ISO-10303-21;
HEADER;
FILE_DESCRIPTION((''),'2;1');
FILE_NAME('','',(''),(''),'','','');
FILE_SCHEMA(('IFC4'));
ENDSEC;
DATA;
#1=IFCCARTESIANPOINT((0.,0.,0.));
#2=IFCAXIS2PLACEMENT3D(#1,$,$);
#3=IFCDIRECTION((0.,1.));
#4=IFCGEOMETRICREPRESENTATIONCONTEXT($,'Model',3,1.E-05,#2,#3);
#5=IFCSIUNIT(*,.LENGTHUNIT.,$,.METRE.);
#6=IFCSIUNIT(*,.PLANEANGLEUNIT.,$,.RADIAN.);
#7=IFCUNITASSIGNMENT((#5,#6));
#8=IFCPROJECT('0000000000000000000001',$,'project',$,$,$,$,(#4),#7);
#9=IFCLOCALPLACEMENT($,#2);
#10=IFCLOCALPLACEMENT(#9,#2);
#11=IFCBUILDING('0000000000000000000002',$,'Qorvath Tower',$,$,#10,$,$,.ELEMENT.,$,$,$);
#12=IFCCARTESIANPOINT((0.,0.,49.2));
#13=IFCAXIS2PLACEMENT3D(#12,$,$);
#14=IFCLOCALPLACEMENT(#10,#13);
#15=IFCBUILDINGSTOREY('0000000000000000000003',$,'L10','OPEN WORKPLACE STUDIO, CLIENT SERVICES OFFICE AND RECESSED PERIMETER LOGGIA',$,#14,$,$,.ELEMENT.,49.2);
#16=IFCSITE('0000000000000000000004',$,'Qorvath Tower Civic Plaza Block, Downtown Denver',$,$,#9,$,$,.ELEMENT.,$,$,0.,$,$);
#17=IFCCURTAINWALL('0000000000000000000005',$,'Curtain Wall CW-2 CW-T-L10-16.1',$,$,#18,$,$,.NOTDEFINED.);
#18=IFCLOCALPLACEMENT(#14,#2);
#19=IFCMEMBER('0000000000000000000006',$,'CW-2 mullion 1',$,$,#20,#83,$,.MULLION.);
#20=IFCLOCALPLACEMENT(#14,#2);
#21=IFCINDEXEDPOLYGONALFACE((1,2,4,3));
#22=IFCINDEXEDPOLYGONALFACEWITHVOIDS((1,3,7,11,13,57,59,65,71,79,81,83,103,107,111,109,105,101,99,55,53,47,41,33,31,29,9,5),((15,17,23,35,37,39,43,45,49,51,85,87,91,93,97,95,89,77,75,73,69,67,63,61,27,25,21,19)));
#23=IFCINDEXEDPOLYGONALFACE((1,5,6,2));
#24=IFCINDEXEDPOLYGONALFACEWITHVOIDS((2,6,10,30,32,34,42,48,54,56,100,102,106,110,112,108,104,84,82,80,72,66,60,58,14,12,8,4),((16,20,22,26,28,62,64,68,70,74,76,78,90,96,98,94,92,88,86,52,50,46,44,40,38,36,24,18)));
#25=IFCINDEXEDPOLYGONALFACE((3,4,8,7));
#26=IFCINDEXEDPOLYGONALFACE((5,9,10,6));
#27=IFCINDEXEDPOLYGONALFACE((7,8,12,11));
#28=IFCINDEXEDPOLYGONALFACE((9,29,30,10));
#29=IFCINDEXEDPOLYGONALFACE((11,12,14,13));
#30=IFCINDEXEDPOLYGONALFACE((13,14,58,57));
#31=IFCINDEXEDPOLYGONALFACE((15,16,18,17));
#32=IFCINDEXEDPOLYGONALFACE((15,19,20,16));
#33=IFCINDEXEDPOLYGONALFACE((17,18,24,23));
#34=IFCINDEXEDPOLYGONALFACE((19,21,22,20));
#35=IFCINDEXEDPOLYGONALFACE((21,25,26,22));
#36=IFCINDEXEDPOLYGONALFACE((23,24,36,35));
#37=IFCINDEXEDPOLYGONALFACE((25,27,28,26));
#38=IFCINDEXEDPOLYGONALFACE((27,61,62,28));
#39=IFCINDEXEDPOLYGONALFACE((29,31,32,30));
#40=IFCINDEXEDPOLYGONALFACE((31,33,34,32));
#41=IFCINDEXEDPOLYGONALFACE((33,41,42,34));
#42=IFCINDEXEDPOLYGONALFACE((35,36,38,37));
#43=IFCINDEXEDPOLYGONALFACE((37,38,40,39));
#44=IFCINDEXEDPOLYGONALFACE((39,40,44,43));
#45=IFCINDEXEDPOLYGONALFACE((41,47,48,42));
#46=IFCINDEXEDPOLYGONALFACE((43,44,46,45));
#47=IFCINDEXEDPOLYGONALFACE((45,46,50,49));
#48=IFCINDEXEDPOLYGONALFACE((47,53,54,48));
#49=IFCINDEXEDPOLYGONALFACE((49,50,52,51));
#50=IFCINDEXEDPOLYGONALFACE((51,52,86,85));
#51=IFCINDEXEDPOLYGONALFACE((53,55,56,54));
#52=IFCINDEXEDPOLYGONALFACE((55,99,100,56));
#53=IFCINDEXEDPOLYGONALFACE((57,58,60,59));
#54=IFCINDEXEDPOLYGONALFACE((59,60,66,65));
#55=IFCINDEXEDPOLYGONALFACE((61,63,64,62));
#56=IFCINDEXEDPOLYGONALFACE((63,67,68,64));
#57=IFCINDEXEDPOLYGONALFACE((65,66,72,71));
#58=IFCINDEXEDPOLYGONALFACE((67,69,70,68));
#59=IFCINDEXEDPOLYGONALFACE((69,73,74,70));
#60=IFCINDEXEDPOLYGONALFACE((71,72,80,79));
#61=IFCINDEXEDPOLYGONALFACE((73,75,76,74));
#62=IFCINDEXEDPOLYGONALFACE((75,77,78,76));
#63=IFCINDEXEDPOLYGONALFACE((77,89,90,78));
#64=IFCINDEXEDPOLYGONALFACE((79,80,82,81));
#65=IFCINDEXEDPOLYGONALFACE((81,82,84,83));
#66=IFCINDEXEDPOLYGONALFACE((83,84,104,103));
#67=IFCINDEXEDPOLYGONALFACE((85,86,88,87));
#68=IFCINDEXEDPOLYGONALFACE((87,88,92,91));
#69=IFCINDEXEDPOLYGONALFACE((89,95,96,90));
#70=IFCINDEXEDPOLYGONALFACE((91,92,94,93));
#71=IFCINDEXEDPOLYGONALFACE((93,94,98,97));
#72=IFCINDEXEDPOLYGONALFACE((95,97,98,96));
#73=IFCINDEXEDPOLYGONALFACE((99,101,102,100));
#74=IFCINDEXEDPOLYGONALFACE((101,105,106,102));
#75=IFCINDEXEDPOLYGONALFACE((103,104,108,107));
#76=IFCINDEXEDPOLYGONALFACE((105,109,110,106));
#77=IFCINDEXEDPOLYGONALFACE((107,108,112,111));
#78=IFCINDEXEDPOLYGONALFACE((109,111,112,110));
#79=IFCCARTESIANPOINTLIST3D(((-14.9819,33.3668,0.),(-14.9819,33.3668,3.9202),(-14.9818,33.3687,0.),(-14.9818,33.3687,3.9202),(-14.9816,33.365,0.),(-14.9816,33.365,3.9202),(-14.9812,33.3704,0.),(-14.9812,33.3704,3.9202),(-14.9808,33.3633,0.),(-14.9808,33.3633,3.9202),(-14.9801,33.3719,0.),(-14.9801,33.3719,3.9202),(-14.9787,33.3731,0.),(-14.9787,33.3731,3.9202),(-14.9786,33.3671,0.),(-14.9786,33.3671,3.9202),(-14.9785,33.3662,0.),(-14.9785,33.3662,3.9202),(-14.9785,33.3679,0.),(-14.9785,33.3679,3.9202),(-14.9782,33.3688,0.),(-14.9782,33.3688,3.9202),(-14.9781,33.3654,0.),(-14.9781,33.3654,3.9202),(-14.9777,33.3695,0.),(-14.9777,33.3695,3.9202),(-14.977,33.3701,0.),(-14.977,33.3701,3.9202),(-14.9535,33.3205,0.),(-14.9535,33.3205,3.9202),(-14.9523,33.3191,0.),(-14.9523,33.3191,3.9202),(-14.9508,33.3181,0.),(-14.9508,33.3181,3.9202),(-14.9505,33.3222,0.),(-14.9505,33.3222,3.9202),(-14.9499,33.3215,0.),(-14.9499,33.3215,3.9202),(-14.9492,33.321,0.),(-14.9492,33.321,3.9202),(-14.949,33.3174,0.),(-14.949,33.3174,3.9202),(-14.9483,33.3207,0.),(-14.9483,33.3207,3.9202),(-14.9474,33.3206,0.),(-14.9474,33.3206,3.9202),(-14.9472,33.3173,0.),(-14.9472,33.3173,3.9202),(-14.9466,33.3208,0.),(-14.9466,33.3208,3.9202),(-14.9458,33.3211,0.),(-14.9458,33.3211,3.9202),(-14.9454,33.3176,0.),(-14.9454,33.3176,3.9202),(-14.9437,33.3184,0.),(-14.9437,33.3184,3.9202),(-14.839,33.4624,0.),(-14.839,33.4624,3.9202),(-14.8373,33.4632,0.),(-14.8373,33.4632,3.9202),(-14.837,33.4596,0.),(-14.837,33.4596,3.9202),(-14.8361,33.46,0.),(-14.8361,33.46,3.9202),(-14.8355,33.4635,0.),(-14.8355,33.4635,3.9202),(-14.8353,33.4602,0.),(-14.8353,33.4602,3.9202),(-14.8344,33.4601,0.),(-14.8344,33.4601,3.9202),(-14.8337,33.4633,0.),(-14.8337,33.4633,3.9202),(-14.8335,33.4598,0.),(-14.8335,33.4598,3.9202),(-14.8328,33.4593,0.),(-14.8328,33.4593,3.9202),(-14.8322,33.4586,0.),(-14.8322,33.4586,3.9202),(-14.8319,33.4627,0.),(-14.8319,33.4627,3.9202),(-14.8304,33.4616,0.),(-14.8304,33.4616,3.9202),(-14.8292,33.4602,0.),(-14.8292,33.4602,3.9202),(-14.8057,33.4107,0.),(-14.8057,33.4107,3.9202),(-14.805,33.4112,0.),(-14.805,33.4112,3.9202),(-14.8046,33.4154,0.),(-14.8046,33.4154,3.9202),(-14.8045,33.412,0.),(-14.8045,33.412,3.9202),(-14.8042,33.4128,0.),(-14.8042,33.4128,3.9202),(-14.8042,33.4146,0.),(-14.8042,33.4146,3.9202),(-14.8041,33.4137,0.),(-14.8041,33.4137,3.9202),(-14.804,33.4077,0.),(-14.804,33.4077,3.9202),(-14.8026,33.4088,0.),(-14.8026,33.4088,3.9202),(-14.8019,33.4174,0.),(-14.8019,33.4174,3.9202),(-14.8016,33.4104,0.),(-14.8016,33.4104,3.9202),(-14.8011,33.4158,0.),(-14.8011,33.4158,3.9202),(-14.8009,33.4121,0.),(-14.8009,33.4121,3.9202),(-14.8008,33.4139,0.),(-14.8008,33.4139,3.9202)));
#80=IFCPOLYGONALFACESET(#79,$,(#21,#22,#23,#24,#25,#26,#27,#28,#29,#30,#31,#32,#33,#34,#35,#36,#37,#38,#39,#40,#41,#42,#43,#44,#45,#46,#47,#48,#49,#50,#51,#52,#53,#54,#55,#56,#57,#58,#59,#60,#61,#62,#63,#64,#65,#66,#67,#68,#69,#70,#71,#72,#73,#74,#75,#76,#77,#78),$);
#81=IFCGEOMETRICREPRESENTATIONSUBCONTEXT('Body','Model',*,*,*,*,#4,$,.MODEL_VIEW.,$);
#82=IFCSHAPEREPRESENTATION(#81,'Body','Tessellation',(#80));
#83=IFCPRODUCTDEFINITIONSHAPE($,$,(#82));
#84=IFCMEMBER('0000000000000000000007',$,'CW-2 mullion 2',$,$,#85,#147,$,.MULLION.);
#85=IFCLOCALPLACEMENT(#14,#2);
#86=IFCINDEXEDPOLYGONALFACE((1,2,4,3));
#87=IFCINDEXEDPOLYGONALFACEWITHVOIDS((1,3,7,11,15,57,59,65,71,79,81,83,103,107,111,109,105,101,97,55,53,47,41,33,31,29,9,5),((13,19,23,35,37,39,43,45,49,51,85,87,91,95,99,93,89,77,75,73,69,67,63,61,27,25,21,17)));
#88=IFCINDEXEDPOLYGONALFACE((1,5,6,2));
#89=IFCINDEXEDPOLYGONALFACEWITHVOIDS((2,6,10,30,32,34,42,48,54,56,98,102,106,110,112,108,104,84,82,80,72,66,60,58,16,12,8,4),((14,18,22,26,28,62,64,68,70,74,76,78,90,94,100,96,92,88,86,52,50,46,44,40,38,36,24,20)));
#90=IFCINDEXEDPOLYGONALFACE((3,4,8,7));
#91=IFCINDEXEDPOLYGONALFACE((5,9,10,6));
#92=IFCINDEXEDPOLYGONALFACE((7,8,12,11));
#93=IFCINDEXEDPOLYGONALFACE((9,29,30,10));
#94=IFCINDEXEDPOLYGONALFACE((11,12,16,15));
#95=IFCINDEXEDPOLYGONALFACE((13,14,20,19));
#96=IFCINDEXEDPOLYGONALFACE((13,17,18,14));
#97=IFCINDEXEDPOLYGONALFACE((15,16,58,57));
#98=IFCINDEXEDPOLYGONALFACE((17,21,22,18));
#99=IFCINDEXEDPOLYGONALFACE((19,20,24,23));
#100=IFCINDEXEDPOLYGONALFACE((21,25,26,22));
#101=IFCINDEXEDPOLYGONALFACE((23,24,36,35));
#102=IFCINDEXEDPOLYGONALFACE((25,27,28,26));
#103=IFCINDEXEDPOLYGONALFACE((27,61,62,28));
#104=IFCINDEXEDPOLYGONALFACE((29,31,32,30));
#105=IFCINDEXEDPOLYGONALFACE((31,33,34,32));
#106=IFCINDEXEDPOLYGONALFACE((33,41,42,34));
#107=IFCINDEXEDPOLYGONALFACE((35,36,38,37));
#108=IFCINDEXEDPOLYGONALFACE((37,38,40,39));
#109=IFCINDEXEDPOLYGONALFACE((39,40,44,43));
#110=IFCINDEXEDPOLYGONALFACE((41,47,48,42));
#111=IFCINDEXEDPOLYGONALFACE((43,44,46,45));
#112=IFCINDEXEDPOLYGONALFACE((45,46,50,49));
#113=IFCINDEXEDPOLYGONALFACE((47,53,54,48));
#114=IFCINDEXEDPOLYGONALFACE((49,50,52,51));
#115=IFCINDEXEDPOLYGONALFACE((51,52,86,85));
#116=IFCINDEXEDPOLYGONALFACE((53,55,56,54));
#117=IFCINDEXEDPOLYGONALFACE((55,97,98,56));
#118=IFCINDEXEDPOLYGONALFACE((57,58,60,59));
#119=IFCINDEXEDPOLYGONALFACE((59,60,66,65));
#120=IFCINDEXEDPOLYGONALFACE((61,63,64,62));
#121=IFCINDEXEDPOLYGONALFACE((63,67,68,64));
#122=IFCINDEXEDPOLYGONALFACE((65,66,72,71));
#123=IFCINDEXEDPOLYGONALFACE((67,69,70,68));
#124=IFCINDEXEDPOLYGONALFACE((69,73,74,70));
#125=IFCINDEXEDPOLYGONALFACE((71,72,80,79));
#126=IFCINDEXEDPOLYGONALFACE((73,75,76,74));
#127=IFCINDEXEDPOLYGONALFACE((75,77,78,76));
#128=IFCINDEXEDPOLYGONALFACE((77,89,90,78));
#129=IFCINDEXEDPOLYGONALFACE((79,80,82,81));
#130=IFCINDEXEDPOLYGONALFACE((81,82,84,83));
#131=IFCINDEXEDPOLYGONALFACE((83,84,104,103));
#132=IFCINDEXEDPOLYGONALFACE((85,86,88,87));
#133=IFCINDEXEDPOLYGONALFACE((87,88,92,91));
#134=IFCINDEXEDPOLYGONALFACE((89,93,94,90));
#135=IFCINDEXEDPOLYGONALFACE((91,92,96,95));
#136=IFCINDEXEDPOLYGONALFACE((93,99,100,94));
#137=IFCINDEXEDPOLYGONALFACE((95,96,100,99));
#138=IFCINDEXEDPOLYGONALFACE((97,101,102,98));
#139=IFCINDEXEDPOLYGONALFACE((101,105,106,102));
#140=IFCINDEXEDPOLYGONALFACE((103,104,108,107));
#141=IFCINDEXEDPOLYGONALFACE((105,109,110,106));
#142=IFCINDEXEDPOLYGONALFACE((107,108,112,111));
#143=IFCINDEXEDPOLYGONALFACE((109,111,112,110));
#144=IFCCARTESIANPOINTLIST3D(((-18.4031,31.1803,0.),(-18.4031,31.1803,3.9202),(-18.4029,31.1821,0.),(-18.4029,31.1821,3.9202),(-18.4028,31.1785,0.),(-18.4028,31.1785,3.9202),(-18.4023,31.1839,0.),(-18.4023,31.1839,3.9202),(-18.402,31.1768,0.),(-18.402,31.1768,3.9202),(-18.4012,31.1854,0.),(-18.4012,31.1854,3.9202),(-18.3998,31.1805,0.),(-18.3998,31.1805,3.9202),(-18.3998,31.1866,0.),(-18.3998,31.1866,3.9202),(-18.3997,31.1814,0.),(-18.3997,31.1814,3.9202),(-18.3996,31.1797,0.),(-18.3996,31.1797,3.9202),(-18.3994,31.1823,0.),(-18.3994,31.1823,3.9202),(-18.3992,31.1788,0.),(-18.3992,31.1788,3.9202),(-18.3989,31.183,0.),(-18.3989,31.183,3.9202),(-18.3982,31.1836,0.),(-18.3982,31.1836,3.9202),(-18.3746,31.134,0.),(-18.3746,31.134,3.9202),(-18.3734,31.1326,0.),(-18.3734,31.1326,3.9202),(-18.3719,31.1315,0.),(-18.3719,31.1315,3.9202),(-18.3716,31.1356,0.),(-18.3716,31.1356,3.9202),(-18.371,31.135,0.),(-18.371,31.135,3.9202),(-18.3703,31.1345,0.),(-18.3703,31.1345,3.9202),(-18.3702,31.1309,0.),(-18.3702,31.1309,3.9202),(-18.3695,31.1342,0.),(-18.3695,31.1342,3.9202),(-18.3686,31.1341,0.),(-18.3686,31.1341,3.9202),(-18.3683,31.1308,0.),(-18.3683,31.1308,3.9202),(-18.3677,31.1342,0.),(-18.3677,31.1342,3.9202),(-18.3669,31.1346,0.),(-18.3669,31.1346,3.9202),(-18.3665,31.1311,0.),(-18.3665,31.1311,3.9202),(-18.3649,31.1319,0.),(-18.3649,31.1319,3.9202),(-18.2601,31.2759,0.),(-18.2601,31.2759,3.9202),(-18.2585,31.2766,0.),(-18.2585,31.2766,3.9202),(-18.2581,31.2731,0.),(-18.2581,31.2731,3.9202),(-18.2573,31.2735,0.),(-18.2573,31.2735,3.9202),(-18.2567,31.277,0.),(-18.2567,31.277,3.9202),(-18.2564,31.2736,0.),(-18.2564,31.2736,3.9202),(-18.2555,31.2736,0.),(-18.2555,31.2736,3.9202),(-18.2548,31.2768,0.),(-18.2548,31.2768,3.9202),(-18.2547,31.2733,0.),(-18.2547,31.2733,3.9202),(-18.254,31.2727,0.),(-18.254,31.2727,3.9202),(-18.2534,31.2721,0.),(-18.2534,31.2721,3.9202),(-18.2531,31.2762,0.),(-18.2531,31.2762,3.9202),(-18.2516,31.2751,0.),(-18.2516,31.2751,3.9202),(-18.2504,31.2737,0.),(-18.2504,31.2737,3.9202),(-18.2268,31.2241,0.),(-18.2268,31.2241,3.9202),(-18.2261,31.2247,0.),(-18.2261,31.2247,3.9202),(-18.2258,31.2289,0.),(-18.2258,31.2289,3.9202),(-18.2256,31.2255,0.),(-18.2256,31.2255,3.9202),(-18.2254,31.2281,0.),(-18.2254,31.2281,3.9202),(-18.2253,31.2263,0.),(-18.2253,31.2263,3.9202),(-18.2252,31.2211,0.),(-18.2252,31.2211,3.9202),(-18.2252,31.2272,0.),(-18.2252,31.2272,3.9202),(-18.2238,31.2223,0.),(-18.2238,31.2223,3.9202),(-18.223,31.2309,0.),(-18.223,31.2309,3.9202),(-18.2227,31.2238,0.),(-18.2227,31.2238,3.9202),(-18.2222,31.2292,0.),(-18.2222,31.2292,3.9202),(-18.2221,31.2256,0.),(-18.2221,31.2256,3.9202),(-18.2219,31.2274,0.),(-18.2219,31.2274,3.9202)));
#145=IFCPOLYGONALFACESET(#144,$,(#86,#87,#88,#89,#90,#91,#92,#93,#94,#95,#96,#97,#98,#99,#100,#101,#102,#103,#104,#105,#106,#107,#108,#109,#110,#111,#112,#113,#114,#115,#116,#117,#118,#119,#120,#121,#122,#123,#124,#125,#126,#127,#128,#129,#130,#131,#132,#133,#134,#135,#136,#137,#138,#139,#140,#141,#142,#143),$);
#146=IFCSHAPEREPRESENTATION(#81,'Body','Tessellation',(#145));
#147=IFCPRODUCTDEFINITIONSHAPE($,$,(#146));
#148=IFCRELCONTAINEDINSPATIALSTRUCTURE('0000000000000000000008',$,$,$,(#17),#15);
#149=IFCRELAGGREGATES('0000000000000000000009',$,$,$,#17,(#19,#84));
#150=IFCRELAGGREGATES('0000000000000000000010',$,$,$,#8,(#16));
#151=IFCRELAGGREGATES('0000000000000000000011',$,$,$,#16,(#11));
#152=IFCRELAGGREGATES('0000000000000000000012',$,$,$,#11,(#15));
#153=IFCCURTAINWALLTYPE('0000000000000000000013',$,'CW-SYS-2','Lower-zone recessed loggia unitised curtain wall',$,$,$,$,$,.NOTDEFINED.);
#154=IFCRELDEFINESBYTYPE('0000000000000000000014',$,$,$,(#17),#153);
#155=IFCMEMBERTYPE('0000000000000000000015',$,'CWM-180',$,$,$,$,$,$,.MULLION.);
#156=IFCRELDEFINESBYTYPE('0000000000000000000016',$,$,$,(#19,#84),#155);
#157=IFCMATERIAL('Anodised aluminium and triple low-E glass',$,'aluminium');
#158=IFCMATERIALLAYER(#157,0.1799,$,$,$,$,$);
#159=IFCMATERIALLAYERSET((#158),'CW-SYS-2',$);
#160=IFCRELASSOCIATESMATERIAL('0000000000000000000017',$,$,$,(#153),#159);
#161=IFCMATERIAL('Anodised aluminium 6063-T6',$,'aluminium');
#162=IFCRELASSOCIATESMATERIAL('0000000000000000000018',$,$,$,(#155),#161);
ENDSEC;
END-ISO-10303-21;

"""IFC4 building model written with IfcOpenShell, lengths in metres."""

from ifc_helpers import new_model, si_unit, direction, frame, origin, origin_2d, place, context, subcontext, project, spatial, hollow_rectangle, extrude, material, layer, layer_set, material_profile, profile_set, type_object, element, aggregate, save


model = new_model("IFC4")

# Units and contexts
model_context = context("Model", 3, precision=1e-05, world=origin(), true_north=direction((0.0, 1.0)))
body_context = subcontext(model_context, "Body", "Model", "MODEL_VIEW")
ifc_project = project(units=[si_unit("LENGTHUNIT", "METRE"), si_unit("PLANEANGLEUNIT", "RADIAN")], contexts=[model_context])

# Site, building, storey
site_placement = place(None, origin())
site = spatial("IfcSite", under=ifc_project, at=site_placement, Name="Qorvath Tower Civic Plaza Block, Downtown Denver", CompositionType="ELEMENT", RefElevation=0.0)
building_placement = place(site_placement, origin())
building = spatial("IfcBuilding", under=site, at=building_placement, Name="Qorvath Tower", CompositionType="ELEMENT")
storey_placement = place(building_placement, frame((0.0, 0.0, 49.2)))
storey = spatial("IfcBuildingStorey", under=building, at=storey_placement, Name="L10", Description="OPEN WORKPLACE STUDIO, CLIENT SERVICES OFFICE AND RECESSED PERIMETER LOGGIA", CompositionType="ELEMENT", Elevation=49.2)

# Curtain wall, members
ifc_material_1 = material(Name="Anodised aluminium and triple low-E glass", Category="aluminium")
ifc_layer_1 = layer(ifc_material_1, 0.1799)
ifc_layer_set_1 = layer_set([ifc_layer_1], Name="CW-SYS-2")
curtain_wall_type = type_object("IfcCurtainWallType", Name="CW-SYS-2", Description="Lower-zone recessed loggia unitised curtain wall", PredefinedType="NOTDEFINED", material=ifc_layer_set_1)
ifc_material_2 = material(Name="Anodised aluminium 6063-T6", Category="aluminium")
ifc_material_profile_1 = material_profile(ifc_material_2, hollow_rectangle(XDim=0.0649, YDim=0.1799, WallThickness=0.0034, InnerFilletRadius=0.0034, OuterFilletRadius=0.0071, at=origin_2d()), Name="CWM 180x65")
ifc_profile_set_1 = profile_set([ifc_material_profile_1], Name="Anodised aluminium 6063-T6")
member_type_1 = type_object("IfcMemberType", Name="CWM-180", PredefinedType="MULLION", material=ifc_profile_set_1)
curtain_wall_1_placement = place(storey_placement, origin())
curtain_wall_1 = element("IfcCurtainWall", 1, at=curtain_wall_1_placement, inside=storey, type_object=curtain_wall_type, Name="Curtain Wall CW-2 CW-T-L10-16.1", PredefinedType="NOTDEFINED")
member_1_placement = place(storey_placement, frame((-14.8914, 33.3904, 0.0), z_axis=(0.0, 0.0, 1.0), x_axis=(0.538533, -0.842604, 0.0)))
member_1 = element("IfcMember", 2, at=member_1_placement, type_object=member_type_1, Name="CW-2 mullion 1", PredefinedType="MULLION", context=body_context, shape_type="SweptSolid", body=[
    extrude(hollow_rectangle(XDim=0.0649, YDim=0.1799, WallThickness=0.0034, InnerFilletRadius=0.0034, OuterFilletRadius=0.0071, at=origin_2d()), origin(), (0.0, 0.0, 1.0), 3.9202),
])
member_2_placement = place(storey_placement, frame((-18.3125, 31.2039, 0.0), z_axis=(0.0, 0.0, 1.0), x_axis=(0.538533, -0.842604, 0.0)))
member_2 = element("IfcMember", 3, at=member_2_placement, type_object=member_type_1, Name="CW-2 mullion 2", PredefinedType="MULLION", context=body_context, shape_type="SweptSolid", body=[
    extrude(hollow_rectangle(XDim=0.0649, YDim=0.1799, WallThickness=0.0034, InnerFilletRadius=0.0034, OuterFilletRadius=0.0071, at=origin_2d()), origin(), (0.0, 0.0, 1.0), 3.9202),
])

aggregate(curtain_wall_1, [member_1, member_2])

save(model, "model.ifc")
